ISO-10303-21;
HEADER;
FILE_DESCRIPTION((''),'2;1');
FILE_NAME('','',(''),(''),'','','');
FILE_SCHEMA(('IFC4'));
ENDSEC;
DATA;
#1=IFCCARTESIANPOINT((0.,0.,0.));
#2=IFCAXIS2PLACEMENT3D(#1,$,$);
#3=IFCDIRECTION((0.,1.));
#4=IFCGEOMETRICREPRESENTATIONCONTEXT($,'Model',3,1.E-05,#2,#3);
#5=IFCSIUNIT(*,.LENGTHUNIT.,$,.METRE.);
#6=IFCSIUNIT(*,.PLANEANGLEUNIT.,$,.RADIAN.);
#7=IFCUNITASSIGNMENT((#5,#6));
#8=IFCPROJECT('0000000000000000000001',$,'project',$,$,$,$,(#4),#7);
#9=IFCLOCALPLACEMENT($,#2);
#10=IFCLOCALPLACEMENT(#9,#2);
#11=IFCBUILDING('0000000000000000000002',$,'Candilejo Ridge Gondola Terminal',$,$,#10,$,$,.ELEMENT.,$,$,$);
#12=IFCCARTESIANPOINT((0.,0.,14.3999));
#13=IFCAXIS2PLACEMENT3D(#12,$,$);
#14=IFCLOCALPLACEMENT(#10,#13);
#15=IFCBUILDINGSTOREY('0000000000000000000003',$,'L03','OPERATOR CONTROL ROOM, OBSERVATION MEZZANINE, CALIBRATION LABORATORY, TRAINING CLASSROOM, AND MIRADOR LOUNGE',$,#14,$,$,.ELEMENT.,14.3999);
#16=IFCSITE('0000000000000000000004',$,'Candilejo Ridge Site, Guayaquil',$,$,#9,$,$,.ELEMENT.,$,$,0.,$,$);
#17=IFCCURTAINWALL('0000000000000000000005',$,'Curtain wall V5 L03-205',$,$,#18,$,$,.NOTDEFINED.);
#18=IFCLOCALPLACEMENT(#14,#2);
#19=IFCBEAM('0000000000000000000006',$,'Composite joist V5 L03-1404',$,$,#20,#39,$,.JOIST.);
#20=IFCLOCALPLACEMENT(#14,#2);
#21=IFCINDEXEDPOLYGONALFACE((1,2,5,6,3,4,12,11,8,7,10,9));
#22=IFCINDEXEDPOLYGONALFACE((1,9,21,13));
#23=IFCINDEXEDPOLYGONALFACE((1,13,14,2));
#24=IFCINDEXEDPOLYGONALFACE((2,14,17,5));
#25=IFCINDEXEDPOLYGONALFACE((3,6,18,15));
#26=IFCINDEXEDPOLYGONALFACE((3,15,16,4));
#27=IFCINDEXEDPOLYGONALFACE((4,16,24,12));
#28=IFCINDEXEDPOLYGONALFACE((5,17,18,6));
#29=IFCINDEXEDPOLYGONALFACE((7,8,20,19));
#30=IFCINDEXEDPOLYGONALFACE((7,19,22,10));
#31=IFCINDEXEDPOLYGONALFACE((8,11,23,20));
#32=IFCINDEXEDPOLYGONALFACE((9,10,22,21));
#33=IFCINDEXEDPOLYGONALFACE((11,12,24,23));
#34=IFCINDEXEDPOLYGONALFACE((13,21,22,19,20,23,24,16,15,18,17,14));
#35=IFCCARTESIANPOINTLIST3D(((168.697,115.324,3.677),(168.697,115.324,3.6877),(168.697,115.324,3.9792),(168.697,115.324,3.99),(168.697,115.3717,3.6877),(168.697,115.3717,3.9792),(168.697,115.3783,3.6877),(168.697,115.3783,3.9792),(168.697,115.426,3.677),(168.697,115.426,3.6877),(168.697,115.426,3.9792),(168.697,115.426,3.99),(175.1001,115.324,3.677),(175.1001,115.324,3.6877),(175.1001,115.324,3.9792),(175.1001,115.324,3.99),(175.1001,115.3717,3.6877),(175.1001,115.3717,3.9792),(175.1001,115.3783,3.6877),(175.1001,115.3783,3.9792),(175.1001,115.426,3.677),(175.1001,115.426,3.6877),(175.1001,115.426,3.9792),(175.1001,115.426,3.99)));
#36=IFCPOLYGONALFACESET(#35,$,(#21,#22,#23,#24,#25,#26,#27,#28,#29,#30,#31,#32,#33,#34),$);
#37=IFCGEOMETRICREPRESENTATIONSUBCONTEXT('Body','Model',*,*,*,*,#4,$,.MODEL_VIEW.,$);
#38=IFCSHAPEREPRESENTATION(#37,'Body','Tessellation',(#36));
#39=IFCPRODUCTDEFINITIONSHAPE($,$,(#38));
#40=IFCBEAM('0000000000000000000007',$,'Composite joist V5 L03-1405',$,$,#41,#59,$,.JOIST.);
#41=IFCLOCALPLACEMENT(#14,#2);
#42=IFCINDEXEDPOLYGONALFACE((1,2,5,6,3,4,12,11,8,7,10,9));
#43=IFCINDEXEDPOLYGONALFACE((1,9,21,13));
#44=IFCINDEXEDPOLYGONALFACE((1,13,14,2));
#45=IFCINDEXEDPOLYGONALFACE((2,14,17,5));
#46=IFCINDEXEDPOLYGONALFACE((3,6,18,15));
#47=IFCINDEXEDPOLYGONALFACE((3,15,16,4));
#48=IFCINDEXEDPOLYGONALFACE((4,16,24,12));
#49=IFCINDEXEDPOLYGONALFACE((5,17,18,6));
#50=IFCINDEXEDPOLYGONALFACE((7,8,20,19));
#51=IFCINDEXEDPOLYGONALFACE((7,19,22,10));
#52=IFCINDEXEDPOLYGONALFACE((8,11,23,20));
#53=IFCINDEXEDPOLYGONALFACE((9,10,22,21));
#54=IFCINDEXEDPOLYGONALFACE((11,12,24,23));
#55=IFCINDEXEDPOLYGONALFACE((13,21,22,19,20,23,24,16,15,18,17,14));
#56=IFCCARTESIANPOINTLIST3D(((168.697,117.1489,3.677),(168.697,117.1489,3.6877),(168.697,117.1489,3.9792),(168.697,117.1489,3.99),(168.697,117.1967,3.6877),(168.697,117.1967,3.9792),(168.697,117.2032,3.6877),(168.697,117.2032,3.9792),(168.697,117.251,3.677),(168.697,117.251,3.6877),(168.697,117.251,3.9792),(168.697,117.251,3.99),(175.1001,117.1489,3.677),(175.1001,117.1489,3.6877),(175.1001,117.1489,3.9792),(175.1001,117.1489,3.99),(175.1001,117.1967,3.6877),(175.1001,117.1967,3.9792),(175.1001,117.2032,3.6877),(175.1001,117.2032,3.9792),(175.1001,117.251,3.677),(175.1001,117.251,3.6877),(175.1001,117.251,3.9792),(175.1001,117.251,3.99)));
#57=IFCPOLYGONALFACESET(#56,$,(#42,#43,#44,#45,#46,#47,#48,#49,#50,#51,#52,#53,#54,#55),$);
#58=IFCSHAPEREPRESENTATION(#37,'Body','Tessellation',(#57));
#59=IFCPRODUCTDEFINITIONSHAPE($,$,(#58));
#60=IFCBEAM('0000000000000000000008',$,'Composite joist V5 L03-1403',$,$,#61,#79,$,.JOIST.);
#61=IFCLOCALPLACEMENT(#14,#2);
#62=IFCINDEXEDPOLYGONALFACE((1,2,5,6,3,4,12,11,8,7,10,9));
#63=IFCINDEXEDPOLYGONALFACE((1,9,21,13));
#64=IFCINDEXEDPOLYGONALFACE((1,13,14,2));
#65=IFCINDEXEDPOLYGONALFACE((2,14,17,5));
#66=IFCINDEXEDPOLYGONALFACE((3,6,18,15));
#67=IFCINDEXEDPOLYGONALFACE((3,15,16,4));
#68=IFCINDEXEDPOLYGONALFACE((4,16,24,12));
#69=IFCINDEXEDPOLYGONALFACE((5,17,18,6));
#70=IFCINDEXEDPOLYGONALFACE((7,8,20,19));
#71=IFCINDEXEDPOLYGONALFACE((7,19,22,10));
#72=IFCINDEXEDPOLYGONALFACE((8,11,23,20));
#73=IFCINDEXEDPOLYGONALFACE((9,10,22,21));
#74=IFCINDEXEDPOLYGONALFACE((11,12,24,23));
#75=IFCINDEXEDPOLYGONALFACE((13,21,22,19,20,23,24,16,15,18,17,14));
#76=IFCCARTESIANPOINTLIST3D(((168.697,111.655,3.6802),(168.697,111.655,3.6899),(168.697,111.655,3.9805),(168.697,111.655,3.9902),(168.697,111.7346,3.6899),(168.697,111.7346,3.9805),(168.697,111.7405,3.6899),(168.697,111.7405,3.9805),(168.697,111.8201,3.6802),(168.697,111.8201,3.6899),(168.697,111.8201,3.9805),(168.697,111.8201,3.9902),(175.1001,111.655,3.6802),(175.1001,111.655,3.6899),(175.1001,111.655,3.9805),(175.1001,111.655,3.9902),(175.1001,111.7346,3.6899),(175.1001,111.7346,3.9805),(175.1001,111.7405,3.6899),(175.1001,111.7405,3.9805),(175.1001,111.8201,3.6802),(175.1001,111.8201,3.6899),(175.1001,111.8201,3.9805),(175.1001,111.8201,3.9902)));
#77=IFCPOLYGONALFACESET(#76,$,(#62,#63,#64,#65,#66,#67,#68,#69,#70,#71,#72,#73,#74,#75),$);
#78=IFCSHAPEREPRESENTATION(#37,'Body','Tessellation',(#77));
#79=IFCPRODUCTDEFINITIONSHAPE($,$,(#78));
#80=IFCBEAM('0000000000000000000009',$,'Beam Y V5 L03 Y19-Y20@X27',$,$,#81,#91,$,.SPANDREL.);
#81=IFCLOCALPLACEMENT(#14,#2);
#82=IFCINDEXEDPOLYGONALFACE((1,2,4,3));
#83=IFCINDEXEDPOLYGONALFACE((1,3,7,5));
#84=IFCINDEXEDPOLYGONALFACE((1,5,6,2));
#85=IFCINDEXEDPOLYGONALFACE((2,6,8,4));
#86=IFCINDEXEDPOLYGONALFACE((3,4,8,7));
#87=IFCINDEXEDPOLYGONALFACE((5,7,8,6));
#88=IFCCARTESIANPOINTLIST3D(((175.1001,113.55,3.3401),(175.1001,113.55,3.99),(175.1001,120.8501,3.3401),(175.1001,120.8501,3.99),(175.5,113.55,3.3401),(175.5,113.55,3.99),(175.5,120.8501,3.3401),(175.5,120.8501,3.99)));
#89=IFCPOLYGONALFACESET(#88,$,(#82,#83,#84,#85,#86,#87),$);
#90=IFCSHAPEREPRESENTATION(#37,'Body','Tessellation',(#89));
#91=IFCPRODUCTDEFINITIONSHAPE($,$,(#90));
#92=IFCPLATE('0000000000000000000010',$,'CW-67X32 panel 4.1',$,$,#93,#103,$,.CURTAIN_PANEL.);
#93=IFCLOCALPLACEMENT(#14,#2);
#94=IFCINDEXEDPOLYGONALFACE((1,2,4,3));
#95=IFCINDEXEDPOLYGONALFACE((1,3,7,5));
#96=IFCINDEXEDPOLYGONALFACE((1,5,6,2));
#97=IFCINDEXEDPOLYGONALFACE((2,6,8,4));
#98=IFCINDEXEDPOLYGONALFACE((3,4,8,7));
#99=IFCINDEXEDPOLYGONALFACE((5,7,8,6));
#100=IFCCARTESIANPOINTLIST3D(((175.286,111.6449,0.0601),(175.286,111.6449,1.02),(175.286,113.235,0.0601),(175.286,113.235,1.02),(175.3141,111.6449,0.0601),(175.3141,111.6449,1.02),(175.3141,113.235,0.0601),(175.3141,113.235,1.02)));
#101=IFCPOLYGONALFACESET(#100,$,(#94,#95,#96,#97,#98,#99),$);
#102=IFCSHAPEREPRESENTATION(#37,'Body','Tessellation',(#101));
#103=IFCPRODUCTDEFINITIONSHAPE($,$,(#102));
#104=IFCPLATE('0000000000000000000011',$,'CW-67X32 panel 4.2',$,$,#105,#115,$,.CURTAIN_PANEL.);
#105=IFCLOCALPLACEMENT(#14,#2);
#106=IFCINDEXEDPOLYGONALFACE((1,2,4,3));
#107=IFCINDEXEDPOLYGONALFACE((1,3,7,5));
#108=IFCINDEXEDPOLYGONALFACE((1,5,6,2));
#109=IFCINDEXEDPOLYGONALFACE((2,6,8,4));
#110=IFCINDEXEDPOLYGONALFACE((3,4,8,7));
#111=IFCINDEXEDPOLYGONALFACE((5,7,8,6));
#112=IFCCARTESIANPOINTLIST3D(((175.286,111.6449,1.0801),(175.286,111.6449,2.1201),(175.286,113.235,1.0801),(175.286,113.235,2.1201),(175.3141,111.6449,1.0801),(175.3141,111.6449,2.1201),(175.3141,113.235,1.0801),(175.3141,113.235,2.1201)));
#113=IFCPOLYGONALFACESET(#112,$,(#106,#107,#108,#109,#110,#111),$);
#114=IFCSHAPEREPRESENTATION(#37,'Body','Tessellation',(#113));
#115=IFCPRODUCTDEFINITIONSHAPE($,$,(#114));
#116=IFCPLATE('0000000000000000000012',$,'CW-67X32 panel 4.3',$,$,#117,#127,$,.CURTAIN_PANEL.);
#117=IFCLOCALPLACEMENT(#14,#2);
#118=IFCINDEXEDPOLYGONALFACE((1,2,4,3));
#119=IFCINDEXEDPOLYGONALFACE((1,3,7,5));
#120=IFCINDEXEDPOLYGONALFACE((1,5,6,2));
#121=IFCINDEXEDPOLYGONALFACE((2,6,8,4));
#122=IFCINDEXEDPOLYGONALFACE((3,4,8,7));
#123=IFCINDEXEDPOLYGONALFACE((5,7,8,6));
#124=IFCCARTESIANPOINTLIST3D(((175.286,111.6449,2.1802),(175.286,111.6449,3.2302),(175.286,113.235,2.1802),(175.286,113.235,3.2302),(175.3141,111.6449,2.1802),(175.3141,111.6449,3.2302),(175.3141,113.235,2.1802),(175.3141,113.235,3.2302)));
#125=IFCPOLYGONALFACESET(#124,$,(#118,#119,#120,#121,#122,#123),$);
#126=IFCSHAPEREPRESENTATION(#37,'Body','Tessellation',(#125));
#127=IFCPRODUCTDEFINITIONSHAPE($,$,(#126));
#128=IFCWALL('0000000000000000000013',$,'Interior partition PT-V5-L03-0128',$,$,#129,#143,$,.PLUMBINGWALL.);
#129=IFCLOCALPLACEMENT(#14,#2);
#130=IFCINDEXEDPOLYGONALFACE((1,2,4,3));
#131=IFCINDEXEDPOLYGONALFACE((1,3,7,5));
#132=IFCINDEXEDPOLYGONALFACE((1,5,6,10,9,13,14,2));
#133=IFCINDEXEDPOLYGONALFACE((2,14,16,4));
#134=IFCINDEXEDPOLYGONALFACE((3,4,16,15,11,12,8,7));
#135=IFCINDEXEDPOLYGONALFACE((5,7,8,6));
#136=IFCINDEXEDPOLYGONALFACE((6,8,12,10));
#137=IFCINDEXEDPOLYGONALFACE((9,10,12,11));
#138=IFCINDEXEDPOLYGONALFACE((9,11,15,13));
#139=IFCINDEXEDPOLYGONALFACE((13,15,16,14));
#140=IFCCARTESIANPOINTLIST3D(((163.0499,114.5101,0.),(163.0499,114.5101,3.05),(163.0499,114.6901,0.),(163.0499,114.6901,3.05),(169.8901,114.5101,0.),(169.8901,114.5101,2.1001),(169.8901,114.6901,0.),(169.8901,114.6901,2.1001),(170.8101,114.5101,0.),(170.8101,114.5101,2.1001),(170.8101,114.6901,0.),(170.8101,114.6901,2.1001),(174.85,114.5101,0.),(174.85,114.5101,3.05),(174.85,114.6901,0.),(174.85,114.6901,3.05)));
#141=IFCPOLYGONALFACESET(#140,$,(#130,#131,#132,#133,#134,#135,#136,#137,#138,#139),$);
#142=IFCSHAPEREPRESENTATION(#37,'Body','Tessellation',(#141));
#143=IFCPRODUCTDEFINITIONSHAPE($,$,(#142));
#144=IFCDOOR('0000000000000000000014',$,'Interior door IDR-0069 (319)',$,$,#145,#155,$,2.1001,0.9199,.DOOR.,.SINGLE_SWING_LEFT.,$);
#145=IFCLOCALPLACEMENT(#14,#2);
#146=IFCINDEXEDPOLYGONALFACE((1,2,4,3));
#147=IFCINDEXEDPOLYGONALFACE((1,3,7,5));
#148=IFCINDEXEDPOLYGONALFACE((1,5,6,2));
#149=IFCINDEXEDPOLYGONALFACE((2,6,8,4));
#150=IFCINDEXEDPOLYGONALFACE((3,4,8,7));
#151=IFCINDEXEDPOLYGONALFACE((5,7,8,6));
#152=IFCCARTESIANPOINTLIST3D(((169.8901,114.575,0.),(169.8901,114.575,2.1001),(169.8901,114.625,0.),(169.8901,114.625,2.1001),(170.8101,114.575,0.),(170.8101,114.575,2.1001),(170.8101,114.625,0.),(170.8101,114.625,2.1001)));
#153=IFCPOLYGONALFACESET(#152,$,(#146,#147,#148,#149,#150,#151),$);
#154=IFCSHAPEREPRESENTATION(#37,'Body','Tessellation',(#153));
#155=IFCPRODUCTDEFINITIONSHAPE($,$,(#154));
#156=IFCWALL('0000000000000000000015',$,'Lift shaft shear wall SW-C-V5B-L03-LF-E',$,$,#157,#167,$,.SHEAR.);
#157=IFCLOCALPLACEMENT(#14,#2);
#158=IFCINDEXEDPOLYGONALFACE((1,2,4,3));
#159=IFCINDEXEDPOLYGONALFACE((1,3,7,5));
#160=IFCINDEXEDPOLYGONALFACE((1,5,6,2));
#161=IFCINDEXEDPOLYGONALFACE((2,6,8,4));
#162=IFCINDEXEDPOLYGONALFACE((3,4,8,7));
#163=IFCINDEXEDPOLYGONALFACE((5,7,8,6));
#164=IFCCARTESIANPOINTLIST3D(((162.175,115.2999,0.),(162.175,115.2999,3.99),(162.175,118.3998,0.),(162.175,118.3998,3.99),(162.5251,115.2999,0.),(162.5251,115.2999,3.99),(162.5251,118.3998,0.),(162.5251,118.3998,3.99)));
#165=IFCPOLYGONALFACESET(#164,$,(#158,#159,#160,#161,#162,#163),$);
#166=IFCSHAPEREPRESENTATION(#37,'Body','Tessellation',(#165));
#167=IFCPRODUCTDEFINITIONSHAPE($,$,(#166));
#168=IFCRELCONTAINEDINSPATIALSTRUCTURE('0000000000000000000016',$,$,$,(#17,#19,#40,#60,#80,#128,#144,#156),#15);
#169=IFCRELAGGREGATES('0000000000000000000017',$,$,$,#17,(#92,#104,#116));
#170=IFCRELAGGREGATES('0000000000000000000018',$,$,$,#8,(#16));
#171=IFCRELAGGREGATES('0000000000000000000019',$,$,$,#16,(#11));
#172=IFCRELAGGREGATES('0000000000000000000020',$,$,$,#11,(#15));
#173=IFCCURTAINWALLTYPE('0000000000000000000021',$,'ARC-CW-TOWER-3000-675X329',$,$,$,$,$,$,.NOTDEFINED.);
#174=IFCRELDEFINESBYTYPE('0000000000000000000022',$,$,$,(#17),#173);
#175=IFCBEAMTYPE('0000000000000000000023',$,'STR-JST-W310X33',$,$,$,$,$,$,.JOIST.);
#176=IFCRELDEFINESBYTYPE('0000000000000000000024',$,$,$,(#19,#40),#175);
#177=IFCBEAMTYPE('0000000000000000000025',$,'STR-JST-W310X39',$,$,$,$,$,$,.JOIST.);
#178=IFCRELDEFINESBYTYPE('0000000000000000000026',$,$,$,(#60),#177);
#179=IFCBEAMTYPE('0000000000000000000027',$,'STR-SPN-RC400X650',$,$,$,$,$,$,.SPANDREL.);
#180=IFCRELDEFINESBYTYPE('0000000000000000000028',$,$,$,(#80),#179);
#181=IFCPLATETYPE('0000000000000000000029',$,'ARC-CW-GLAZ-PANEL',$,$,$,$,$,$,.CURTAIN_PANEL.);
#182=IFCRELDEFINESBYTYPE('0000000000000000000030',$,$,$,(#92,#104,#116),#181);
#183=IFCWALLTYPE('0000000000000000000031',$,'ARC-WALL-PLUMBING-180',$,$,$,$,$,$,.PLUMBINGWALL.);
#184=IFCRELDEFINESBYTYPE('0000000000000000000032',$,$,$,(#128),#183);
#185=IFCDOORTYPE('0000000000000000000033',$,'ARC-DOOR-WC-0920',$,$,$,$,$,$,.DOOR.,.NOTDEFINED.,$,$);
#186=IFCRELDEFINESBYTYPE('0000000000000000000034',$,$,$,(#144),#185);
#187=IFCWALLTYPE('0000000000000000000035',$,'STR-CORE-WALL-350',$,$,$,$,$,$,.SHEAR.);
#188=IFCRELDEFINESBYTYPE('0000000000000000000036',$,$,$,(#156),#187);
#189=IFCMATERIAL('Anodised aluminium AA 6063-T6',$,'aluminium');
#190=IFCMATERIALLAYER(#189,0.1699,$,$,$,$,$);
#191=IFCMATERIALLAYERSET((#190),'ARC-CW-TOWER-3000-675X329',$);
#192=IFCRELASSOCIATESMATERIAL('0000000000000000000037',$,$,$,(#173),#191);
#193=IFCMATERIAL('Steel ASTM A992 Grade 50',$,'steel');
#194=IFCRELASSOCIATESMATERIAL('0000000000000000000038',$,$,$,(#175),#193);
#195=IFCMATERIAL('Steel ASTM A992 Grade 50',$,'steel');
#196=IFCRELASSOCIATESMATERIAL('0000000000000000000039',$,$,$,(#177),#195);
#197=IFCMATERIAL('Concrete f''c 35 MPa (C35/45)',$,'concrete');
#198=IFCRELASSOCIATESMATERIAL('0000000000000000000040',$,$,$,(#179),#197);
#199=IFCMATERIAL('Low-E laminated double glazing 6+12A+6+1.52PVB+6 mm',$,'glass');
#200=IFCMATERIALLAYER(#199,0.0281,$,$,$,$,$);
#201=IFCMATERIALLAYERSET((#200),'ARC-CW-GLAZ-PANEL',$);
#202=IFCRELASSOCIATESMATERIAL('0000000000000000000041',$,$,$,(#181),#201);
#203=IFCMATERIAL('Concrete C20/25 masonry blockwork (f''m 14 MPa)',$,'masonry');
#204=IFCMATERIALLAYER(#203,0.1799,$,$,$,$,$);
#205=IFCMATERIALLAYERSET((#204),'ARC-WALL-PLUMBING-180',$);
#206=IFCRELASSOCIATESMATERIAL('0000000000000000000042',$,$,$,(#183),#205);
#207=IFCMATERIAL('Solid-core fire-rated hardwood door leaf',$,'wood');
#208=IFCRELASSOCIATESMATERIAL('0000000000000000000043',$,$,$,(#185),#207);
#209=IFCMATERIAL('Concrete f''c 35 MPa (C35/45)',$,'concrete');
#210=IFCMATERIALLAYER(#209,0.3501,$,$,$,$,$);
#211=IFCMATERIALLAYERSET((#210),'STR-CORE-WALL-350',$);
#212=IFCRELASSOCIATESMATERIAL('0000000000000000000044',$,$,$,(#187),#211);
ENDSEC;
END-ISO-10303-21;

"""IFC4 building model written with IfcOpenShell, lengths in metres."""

from ifc_helpers import new_model, si_unit, direction, frame, frame_2d, origin, origin_2d, place, context, subcontext, project, spatial, rectangle, i_section, extrude, material, layer, layer_set, material_profile, profile_set, type_object, element, fill, aggregate, save


model = new_model("IFC4")

# Units and contexts
model_context = context("Model", 3, precision=1e-05, world=origin(), true_north=direction((0.0, 1.0)))
body_context = subcontext(model_context, "Body", "Model", "MODEL_VIEW")
ifc_project = project(units=[si_unit("LENGTHUNIT", "METRE"), si_unit("PLANEANGLEUNIT", "RADIAN")], contexts=[model_context])

# Site, building, storey
site_placement = place(None, origin())
site = spatial("IfcSite", under=ifc_project, at=site_placement, Name="Candilejo Ridge Site, Guayaquil", CompositionType="ELEMENT", RefElevation=0.0)
building_placement = place(site_placement, origin())
building = spatial("IfcBuilding", under=site, at=building_placement, Name="Candilejo Ridge Gondola Terminal", CompositionType="ELEMENT")
storey_placement = place(building_placement, frame((0.0, 0.0, 14.3999)))
storey = spatial("IfcBuildingStorey", under=building, at=storey_placement, Name="L03", Description="OPERATOR CONTROL ROOM, OBSERVATION MEZZANINE, CALIBRATION LABORATORY, TRAINING CLASSROOM, AND MIRADOR LOUNGE", CompositionType="ELEMENT", Elevation=14.3999)

# Curtain wall
ifc_material_1 = material(Name="Anodised aluminium AA 6063-T6", Category="aluminium")
ifc_layer_1 = layer(ifc_material_1, 0.1699)
ifc_layer_set_1 = layer_set([ifc_layer_1], Name="ARC-CW-TOWER-3000-675X329")
curtain_wall_type_1 = type_object("IfcCurtainWallType", Name="ARC-CW-TOWER-3000-675X329", PredefinedType="NOTDEFINED", material=ifc_layer_set_1)
curtain_wall_1_placement = place(storey_placement, origin())
curtain_wall_1 = element("IfcCurtainWall", 1, at=curtain_wall_1_placement, inside=storey, type_object=curtain_wall_type_1, Name="Curtain wall V5 L03-205", PredefinedType="NOTDEFINED")

# Beams
ifc_material_2 = material(Name="Steel ASTM A992 Grade 50", Category="steel")
ifc_material_profile_1 = material_profile(ifc_material_2, i_section(OverallWidth=0.1021, OverallDepth=0.313, WebThickness=0.0066, FlangeThickness=0.0107, at=origin_2d()))
ifc_profile_set_1 = profile_set([ifc_material_profile_1], Name="Steel ASTM A992 Grade 50")
beam_type_1 = type_object("IfcBeamType", Name="STR-JST-W310X33", PredefinedType="JOIST", material=ifc_profile_set_1)
for number, where, z_axis, x_axis, name in (
    (2, (168.697, 115.375, 3.8335), (1.0, 0.0, 0.0), (0.0, 1.0, 0.0), "Composite joist V5 L03-1404"),
    (3, (168.697, 117.2, 3.8335), (1.0, 0.0, 0.0), (0.0, 1.0, 0.0), "Composite joist V5 L03-1405"),
):
    element("IfcBeam", number, at=place(storey_placement, frame(where, z_axis=z_axis, x_axis=x_axis)), inside=storey, type_object=beam_type_1, Name=name, PredefinedType="JOIST", context=body_context, shape_type="SweptSolid", body=[
        extrude(i_section(OverallWidth=0.1021, OverallDepth=0.313, WebThickness=0.0066, FlangeThickness=0.0107, at=origin_2d()), origin(), (0.0, 0.0, 1.0), 6.4031),
    ])
ifc_material_3 = material(Name="Steel ASTM A992 Grade 50", Category="steel")
ifc_material_profile_2 = material_profile(ifc_material_3, i_section(OverallWidth=0.165, OverallDepth=0.3101, WebThickness=0.0059, FlangeThickness=0.0098, at=origin_2d()))
ifc_profile_set_2 = profile_set([ifc_material_profile_2], Name="Steel ASTM A992 Grade 50")
beam_type_2 = type_object("IfcBeamType", Name="STR-JST-W310X39", PredefinedType="JOIST", material=ifc_profile_set_2)
beam_1_placement = place(storey_placement, frame((168.697, 111.7375, 3.8352), z_axis=(1.0, 0.0, 0.0), x_axis=(0.0, 1.0, 0.0)))
element("IfcBeam", 4, at=beam_1_placement, inside=storey, type_object=beam_type_2, Name="Composite joist V5 L03-1403", PredefinedType="JOIST", context=body_context, shape_type="SweptSolid", body=[
    extrude(i_section(OverallWidth=0.165, OverallDepth=0.3101, WebThickness=0.0059, FlangeThickness=0.0098, at=origin_2d()), origin(), (0.0, 0.0, 1.0), 6.4031),
])
ifc_material_4 = material(Name="Concrete f'c 35 MPa (C35/45)", Category="concrete")
ifc_material_profile_3 = material_profile(ifc_material_4, rectangle(XDim=0.3999, YDim=0.6499, at=origin_2d()))
ifc_profile_set_3 = profile_set([ifc_material_profile_3], Name="Concrete f'c 35 MPa (C35/45)")
beam_type_3 = type_object("IfcBeamType", Name="STR-SPN-RC400X650", PredefinedType="SPANDREL", material=ifc_profile_set_3)
beam_2_placement = place(storey_placement, frame((175.3, 113.55, 3.665), z_axis=(0.0, 1.0, 0.0), x_axis=(-1.0, 0.0, 0.0)))
element("IfcBeam", 5, at=beam_2_placement, inside=storey, type_object=beam_type_3, Name="Beam Y V5 L03 Y19-Y20@X27", PredefinedType="SPANDREL", context=body_context, shape_type="SweptSolid", body=[
    extrude(rectangle(XDim=0.3999, YDim=0.6499, at=origin_2d()), origin(), (0.0, 0.0, 1.0), 7.3),
])

# Plates
ifc_material_5 = material(Name="Low-E laminated double glazing 6+12A+6+1.52PVB+6 mm", Category="glass")
ifc_layer_2 = layer(ifc_material_5, 0.0281)
ifc_layer_set_2 = layer_set([ifc_layer_2], Name="ARC-CW-GLAZ-PANEL")
plate_type = type_object("IfcPlateType", Name="ARC-CW-GLAZ-PANEL", PredefinedType="CURTAIN_PANEL", material=ifc_layer_set_2)
plate_1_placement = place(storey_placement, frame((175.3, 112.4399, 0.0601), z_axis=(0.0, 0.0, 1.0), x_axis=(0.0, 1.0, 0.0)))
plate_1 = element("IfcPlate", 6, at=plate_1_placement, type_object=plate_type, Name="CW-67X32 panel 4.1", PredefinedType="CURTAIN_PANEL", context=body_context, shape_type="SweptSolid", body=[
    extrude(rectangle(XDim=1.5901, YDim=0.0281, at=origin_2d()), origin(), (0.0, 0.0, 1.0), 0.96),
])
plate_2_placement = place(storey_placement, frame((175.3, 112.4399, 1.0801), z_axis=(0.0, 0.0, 1.0), x_axis=(0.0, 1.0, 0.0)))
plate_2 = element("IfcPlate", 7, at=plate_2_placement, type_object=plate_type, Name="CW-67X32 panel 4.2", PredefinedType="CURTAIN_PANEL", context=body_context, shape_type="SweptSolid", body=[
    extrude(rectangle(XDim=1.5901, YDim=0.0281, at=origin_2d()), origin(), (0.0, 0.0, 1.0), 1.04),
])
plate_3_placement = place(storey_placement, frame((175.3, 112.4399, 2.1802), z_axis=(0.0, 0.0, 1.0), x_axis=(0.0, 1.0, 0.0)))
plate_3 = element("IfcPlate", 8, at=plate_3_placement, type_object=plate_type, Name="CW-67X32 panel 4.3", PredefinedType="CURTAIN_PANEL", context=body_context, shape_type="SweptSolid", body=[
    extrude(rectangle(XDim=1.5901, YDim=0.0281, at=origin_2d()), origin(), (0.0, 0.0, 1.0), 1.05),
])
aggregate(curtain_wall_1, [plate_1, plate_2, plate_3])

# Wall, opening, door
ifc_material_6 = material(Name="Concrete C20/25 masonry blockwork (f'm 14 MPa)", Category="masonry")
ifc_layer_3 = layer(ifc_material_6, 0.1799)
ifc_layer_set_3 = layer_set([ifc_layer_3], Name="ARC-WALL-PLUMBING-180")
wall_type_1 = type_object("IfcWallType", Name="ARC-WALL-PLUMBING-180", PredefinedType="PLUMBINGWALL", material=ifc_layer_set_3)
wall_1_placement = place(storey_placement, frame((163.05, 114.6001, 0.0), z_axis=(0.0, 0.0, 1.0), x_axis=(1.0, 0.0, 0.0)))
wall_1 = element("IfcWall", 9, at=wall_1_placement, inside=storey, type_object=wall_type_1, Name="Interior partition PT-V5-L03-0128", PredefinedType="PLUMBINGWALL", context=body_context, shape_type="SweptSolid", body=[
    extrude(rectangle(XDim=11.8, YDim=0.1799, at=frame_2d((5.8999, 0.0))), origin(), (0.0, 0.0, 1.0), 3.05),
])
opening_placement = place(wall_1_placement, frame((6.8401, 0.0, 0.0)))
opening = element("IfcOpeningElement", 10, at=opening_placement, cuts=wall_1, PredefinedType="OPENING", context=body_context, shape_type="SweptSolid", body=[
    extrude(rectangle(XDim=0.9199, YDim=2.1001, at=frame_2d((0.46, 1.05))), frame((0.0, 0.0999, 0.0), z_axis=(0.0, -1.0, 0.0), x_axis=(1.0, 0.0, 0.0)), (0.0, 0.0, 1.0), 0.2),
])
ifc_material_7 = material(Name="Solid-core fire-rated hardwood door leaf", Category="wood")
door_type = type_object("IfcDoorType", Name="ARC-DOOR-WC-0920", OperationType="NOTDEFINED", PredefinedType="DOOR", material=ifc_material_7)
door_placement = place(opening_placement, origin())
door = element("IfcDoor", 11, at=door_placement, inside=storey, type_object=door_type, Name="Interior door IDR-0069 (319)", OperationType="SINGLE_SWING_LEFT", OverallHeight=2.1001, OverallWidth=0.9199, PredefinedType="DOOR", context=body_context, shape_type="SweptSolid", body=[
    extrude(rectangle(XDim=0.9199, YDim=2.1001, at=frame_2d((0.46, 1.05))), frame((0.0, 0.0249, 0.0), z_axis=(0.0, -1.0, 0.0), x_axis=(1.0, 0.0, 0.0)), (0.0, 0.0, 1.0), 0.05),
])
fill(opening, door)

# Wall
ifc_material_8 = material(Name="Concrete f'c 35 MPa (C35/45)", Category="concrete")
ifc_layer_4 = layer(ifc_material_8, 0.3501)
ifc_layer_set_4 = layer_set([ifc_layer_4], Name="STR-CORE-WALL-350")
wall_type_2 = type_object("IfcWallType", Name="STR-CORE-WALL-350", PredefinedType="SHEAR", material=ifc_layer_set_4)
wall_2_placement = place(storey_placement, frame((162.3501, 115.3, 0.0), z_axis=(0.0, 0.0, 1.0), x_axis=(0.0, 1.0, 0.0)))
element("IfcWall", 12, at=wall_2_placement, inside=storey, type_object=wall_type_2, Name="Lift shaft shear wall SW-C-V5B-L03-LF-E", PredefinedType="SHEAR", context=body_context, shape_type="SweptSolid", body=[
    extrude(rectangle(XDim=3.0999, YDim=0.3501, at=frame_2d((1.5498, 0.0))), origin(), (0.0, 0.0, 1.0), 3.99),
])

save(model, "model.ifc")
